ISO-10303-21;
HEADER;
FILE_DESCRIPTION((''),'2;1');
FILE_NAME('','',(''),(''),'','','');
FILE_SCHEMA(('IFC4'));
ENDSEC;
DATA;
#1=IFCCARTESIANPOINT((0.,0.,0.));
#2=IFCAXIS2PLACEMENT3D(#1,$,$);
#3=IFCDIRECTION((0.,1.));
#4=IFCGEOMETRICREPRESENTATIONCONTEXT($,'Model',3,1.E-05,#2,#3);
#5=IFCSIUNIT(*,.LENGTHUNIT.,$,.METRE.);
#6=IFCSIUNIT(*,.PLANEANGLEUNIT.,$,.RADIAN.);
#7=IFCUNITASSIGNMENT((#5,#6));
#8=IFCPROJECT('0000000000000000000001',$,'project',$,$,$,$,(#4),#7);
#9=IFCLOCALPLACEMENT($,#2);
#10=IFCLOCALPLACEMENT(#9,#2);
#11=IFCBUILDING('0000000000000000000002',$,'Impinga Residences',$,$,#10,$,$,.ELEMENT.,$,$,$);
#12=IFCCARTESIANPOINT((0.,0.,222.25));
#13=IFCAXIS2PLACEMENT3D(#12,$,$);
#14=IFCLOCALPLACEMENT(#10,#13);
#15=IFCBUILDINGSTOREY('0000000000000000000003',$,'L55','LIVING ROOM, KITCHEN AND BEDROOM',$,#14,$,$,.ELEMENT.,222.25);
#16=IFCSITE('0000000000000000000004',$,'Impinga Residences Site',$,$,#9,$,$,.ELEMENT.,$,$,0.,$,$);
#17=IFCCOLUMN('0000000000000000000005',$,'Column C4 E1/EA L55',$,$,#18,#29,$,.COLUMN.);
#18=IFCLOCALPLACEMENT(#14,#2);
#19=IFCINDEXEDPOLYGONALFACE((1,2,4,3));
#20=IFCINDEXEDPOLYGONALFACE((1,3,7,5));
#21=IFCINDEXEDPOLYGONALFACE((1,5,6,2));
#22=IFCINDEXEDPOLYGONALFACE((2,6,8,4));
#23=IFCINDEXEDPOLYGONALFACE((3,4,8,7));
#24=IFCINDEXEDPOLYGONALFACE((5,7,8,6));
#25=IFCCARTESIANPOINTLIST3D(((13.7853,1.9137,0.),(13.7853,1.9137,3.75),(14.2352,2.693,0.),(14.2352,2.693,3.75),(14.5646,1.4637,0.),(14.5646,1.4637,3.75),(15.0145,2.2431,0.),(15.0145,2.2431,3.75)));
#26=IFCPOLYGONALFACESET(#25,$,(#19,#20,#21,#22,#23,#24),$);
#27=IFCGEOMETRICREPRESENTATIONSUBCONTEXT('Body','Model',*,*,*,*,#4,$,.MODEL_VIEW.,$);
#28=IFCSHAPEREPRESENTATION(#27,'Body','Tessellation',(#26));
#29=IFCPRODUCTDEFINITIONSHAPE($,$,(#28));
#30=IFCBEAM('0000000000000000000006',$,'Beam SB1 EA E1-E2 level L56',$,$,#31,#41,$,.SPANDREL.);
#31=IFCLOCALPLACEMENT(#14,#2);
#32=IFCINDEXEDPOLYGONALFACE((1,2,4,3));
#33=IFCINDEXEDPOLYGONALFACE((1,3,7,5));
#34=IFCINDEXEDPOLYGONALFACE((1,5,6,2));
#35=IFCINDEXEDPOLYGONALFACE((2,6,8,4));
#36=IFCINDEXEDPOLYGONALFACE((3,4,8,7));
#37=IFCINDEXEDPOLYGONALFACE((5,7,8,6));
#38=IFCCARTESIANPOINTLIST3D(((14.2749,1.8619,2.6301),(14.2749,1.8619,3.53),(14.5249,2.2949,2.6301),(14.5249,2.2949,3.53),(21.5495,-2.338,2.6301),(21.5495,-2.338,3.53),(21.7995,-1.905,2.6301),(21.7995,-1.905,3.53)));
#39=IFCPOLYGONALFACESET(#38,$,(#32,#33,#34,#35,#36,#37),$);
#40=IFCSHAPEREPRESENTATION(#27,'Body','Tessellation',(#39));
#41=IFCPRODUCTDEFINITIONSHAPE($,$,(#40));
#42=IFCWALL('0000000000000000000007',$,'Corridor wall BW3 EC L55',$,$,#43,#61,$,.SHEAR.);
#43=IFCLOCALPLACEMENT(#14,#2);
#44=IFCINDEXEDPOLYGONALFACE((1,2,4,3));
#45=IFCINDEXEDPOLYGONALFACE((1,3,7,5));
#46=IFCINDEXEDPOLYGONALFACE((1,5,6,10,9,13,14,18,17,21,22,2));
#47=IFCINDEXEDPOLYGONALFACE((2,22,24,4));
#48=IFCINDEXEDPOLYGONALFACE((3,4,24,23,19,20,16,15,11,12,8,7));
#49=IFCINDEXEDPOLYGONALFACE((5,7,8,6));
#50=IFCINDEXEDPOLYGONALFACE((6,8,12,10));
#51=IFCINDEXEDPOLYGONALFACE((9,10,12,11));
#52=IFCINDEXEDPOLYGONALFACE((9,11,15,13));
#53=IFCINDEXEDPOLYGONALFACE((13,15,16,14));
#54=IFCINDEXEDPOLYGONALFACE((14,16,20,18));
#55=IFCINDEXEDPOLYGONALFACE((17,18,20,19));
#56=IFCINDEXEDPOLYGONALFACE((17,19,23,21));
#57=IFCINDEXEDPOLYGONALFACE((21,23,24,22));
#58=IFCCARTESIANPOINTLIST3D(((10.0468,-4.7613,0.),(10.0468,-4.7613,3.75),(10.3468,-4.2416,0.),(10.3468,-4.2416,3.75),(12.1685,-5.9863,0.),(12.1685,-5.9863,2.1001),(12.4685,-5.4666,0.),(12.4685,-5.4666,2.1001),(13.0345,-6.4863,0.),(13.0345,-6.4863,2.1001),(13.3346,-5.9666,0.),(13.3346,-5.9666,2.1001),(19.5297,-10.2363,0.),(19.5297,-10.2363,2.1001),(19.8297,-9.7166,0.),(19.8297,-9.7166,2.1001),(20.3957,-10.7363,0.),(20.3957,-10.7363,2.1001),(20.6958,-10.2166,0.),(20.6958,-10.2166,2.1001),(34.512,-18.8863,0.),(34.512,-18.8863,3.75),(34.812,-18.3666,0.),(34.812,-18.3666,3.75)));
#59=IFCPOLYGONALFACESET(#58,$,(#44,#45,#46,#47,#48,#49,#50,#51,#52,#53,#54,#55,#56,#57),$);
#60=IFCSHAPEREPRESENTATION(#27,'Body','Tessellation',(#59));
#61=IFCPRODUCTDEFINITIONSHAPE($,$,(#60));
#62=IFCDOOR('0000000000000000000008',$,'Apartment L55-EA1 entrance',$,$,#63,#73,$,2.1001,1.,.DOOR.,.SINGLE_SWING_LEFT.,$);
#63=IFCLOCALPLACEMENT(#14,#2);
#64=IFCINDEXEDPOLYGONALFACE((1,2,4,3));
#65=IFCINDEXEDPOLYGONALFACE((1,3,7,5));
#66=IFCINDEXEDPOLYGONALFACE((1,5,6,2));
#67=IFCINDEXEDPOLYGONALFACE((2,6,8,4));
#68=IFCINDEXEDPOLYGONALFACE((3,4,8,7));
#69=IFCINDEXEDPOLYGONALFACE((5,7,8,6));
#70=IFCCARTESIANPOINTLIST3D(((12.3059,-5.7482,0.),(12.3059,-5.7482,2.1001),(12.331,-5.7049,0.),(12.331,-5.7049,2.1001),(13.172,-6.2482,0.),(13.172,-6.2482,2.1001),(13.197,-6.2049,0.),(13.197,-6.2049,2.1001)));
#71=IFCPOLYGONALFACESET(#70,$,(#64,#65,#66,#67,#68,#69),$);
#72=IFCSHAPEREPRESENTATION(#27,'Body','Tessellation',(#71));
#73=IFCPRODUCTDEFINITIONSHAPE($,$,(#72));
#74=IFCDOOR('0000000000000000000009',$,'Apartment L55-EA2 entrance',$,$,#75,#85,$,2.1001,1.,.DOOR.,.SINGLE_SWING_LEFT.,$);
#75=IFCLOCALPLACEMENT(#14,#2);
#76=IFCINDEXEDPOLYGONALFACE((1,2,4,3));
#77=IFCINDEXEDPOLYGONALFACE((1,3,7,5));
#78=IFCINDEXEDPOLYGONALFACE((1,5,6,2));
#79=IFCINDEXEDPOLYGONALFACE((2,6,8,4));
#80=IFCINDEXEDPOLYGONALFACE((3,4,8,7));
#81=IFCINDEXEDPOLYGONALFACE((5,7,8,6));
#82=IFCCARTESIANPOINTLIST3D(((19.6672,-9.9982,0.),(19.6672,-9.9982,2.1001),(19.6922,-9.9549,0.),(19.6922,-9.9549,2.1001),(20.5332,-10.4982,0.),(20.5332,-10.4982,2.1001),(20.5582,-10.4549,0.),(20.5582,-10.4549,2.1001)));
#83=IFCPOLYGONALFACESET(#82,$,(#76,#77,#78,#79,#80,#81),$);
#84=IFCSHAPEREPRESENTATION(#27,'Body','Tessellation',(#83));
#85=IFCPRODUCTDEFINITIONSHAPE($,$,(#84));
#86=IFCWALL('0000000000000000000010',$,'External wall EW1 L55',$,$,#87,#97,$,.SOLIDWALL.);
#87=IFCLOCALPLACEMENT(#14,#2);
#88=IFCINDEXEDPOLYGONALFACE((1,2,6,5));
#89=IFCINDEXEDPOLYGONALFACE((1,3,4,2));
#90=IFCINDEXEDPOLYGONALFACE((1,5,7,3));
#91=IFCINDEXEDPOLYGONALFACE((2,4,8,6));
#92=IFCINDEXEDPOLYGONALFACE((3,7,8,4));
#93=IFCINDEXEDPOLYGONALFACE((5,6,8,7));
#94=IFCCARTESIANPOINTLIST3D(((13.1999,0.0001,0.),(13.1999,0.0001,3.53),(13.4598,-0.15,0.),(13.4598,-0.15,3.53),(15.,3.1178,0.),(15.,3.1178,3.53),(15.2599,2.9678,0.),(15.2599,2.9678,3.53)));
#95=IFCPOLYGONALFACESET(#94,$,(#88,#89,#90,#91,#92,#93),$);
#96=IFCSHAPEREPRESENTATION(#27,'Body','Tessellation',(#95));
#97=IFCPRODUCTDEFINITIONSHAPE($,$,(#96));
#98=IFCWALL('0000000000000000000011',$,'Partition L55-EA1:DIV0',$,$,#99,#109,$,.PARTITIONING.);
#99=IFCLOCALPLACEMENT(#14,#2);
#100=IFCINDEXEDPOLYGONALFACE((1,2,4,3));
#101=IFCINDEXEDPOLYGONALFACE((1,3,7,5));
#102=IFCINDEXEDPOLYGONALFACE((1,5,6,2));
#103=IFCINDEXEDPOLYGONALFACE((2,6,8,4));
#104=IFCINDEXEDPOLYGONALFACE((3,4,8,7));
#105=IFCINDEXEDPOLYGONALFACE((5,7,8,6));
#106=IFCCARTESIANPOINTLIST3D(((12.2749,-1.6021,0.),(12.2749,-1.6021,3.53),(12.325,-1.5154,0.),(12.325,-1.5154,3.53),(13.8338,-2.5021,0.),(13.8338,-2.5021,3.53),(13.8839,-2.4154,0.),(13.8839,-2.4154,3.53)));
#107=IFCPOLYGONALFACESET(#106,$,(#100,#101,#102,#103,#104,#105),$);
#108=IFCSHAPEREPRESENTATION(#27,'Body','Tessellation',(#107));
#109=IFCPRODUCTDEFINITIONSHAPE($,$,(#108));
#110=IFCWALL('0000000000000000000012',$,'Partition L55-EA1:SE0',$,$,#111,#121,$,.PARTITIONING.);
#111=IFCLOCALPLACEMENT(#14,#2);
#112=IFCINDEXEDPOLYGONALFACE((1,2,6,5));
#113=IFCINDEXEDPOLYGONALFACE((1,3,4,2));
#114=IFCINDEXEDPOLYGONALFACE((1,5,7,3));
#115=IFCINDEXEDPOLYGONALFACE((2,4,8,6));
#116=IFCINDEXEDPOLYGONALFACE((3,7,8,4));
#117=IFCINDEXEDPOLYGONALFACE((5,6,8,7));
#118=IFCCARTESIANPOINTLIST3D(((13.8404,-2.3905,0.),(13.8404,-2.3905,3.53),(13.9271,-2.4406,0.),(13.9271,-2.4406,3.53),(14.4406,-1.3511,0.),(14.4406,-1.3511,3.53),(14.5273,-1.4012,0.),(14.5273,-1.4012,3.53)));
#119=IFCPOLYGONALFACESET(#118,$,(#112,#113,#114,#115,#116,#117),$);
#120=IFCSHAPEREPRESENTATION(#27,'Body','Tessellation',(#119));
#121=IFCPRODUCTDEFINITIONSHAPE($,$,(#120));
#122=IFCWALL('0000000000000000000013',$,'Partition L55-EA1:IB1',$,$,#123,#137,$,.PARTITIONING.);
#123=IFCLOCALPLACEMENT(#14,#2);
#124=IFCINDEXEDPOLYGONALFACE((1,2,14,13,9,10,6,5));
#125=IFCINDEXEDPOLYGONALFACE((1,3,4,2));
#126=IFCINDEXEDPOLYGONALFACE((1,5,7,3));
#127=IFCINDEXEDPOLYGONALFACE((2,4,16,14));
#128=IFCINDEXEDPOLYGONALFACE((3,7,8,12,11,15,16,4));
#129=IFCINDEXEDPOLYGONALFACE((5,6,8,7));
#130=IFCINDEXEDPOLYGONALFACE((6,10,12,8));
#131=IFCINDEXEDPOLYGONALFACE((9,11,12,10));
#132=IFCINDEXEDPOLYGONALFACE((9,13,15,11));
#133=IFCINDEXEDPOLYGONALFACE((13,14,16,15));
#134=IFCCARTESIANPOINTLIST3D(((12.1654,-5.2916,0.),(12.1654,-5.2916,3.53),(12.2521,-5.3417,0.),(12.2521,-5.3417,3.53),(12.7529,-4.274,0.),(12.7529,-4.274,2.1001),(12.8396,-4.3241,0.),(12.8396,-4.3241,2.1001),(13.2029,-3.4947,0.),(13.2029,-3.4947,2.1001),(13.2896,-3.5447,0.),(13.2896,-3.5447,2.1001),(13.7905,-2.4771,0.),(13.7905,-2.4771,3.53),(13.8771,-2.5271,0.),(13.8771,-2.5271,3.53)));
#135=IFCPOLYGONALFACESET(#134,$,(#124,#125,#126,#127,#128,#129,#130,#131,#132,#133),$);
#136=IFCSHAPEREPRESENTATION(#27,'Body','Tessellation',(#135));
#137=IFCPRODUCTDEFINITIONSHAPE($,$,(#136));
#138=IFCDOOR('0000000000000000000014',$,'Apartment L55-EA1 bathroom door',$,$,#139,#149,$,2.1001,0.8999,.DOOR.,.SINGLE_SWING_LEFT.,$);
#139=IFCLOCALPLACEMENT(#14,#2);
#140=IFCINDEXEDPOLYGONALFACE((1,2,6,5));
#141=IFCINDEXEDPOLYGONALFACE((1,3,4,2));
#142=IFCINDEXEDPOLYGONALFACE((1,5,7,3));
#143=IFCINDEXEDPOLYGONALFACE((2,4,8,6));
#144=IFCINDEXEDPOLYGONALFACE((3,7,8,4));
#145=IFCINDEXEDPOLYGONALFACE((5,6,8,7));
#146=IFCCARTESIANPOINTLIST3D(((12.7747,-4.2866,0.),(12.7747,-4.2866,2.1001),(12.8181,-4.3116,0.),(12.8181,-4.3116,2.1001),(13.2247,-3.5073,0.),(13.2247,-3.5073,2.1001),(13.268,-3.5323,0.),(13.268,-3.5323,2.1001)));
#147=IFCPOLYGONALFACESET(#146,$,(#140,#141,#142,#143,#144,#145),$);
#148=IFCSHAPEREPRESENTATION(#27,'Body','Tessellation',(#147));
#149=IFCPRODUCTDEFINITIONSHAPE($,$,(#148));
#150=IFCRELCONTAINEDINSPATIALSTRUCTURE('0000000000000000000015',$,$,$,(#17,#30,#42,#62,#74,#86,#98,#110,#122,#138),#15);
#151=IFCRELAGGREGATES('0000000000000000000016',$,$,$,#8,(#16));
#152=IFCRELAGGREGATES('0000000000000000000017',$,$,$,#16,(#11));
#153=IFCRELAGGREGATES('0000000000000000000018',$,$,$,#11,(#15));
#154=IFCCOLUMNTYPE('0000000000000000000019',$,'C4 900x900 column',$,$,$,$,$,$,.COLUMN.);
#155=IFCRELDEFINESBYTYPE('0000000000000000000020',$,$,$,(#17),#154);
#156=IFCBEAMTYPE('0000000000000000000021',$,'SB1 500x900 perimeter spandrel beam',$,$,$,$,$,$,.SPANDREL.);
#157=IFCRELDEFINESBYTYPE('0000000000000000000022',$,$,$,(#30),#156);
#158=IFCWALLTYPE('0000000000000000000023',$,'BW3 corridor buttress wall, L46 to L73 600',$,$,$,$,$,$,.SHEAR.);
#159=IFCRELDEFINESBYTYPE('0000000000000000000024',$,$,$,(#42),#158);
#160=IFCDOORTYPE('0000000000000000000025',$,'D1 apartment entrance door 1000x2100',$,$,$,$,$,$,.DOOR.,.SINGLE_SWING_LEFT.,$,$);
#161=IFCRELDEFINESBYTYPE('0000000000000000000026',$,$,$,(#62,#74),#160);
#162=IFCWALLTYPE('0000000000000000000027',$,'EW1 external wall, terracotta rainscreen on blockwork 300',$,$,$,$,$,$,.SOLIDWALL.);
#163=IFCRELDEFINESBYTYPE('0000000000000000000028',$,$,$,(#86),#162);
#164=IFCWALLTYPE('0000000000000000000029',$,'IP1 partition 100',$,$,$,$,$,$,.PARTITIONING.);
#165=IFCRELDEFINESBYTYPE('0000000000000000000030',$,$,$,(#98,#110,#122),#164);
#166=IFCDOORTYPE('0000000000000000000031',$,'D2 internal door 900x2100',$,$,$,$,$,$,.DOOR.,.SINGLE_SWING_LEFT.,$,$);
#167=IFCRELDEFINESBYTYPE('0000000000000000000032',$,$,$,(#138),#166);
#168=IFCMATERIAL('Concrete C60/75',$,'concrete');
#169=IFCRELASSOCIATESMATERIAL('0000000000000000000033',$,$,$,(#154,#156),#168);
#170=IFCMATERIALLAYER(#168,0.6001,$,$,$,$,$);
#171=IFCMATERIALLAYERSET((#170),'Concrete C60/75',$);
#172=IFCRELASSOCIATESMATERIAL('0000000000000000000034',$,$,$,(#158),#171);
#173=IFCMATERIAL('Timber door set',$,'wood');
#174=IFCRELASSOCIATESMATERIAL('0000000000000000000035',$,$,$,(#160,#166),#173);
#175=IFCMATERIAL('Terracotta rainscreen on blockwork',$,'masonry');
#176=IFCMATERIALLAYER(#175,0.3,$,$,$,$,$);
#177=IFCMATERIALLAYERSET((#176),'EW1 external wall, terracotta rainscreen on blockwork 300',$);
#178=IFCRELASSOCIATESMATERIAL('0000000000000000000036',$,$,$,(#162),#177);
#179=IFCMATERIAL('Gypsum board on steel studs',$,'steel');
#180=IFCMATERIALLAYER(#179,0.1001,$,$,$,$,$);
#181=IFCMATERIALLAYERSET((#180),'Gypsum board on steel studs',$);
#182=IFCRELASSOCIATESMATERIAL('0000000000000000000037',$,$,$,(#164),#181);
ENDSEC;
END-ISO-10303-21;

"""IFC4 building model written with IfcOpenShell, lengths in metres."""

from ifc_helpers import new_model, si_unit, direction, frame, frame_2d, origin, origin_2d, place, context, subcontext, project, spatial, rectangle, extrude, material, layer, layer_set, material_profile, profile_set, type_object, element, fill, save


model = new_model("IFC4")

# Units and contexts
model_context = context("Model", 3, precision=1e-05, world=origin(), true_north=direction((0.0, 1.0)))
body_context = subcontext(model_context, "Body", "Model", "MODEL_VIEW")
ifc_project = project(units=[si_unit("LENGTHUNIT", "METRE"), si_unit("PLANEANGLEUNIT", "RADIAN")], contexts=[model_context])

# Site, building, storey
site_placement = place(None, origin())
site = spatial("IfcSite", under=ifc_project, at=site_placement, Name="Impinga Residences Site", CompositionType="ELEMENT", RefElevation=0.0)
building_placement = place(site_placement, origin())
building = spatial("IfcBuilding", under=site, at=building_placement, Name="Impinga Residences", CompositionType="ELEMENT")
storey_placement = place(building_placement, frame((0.0, 0.0, 222.25)))
storey = spatial("IfcBuildingStorey", under=building, at=storey_placement, Name="L55", Description="LIVING ROOM, KITCHEN AND BEDROOM", CompositionType="ELEMENT", Elevation=222.25)

# Column
ifc_material_1 = material(Name="Concrete C60/75", Category="concrete")
ifc_material_profile_1 = material_profile(ifc_material_1, rectangle(XDim=0.8999, YDim=0.8999, at=origin_2d()), Name="RC 900x900")
ifc_profile_set_1 = profile_set([ifc_material_profile_1], Name="Concrete C60/75")
column_type = type_object("IfcColumnType", Name="C4 900x900 column", PredefinedType="COLUMN", material=ifc_profile_set_1)
column_placement = place(storey_placement, frame((14.3999, 2.0784, 0.0), z_axis=(0.0, 0.0, 1.0), x_axis=(-0.5, -0.866025, 0.0)))
element("IfcColumn", 1, at=column_placement, inside=storey, type_object=column_type, Name="Column C4 E1/EA L55", PredefinedType="COLUMN", context=body_context, shape_type="SweptSolid", body=[
    extrude(rectangle(XDim=0.8999, YDim=0.8999, at=origin_2d()), origin(), (0.0, 0.0, 1.0), 3.75),
])

# Beam
ifc_material_profile_2 = material_profile(ifc_material_1, rectangle(XDim=0.5, YDim=0.8999, at=origin_2d()), Name="RC 500x900")
ifc_profile_set_2 = profile_set([ifc_material_profile_2], Name="Concrete C60/75")
beam_type = type_object("IfcBeamType", Name="SB1 500x900 perimeter spandrel beam", PredefinedType="SPANDREL", material=ifc_profile_set_2)
beam_placement = place(storey_placement, frame((14.3999, 2.0784, 3.0801), z_axis=(0.866029, -0.499993, 0.0), x_axis=(0.499993, 0.866029, 0.0)))
element("IfcBeam", 2, at=beam_placement, inside=storey, type_object=beam_type, Name="Beam SB1 EA E1-E2 level L56", PredefinedType="SPANDREL", context=body_context, shape_type="SweptSolid", body=[
    extrude(rectangle(XDim=0.5, YDim=0.8999, at=origin_2d()), origin(), (0.0, 0.0, 1.0), 8.3999),
])

# Wall, openings, doors
ifc_layer_1 = layer(ifc_material_1, 0.6001)
ifc_layer_set_1 = layer_set([ifc_layer_1], Name="Concrete C60/75")
wall_type_1 = type_object("IfcWallType", Name="BW3 corridor buttress wall, L46 to L73 600", PredefinedType="SHEAR", material=ifc_layer_set_1)
wall_1_placement = place(storey_placement, frame((10.1968, -4.5015, 0.0), z_axis=(0.0, 0.0, 1.0), x_axis=(0.866026, -0.499998, 0.0)))
wall_1 = element("IfcWall", 3, at=wall_1_placement, inside=storey, type_object=wall_type_1, Name="Corridor wall BW3 EC L55", PredefinedType="SHEAR", context=body_context, shape_type="SweptSolid", body=[
    extrude(rectangle(XDim=28.25, YDim=0.6001, at=frame_2d((14.125, 0.0))), origin(), (0.0, 0.0, 1.0), 3.75),
])
opening_1_placement = place(wall_1_placement, frame((2.45, 0.0, 0.0)))
opening_1 = element("IfcOpeningElement", 4, at=opening_1_placement, cuts=wall_1, PredefinedType="OPENING", context=body_context, shape_type="SweptSolid", body=[
    extrude(rectangle(XDim=1.0, YDim=2.1001, at=frame_2d((0.5, 1.05))), frame((0.0, 0.3101, 0.0), z_axis=(0.0, -1.0, 0.0), x_axis=(1.0, 0.0, 0.0)), (0.0, 0.0, 1.0), 0.6201),
])
opening_2_placement = place(wall_1_placement, frame((10.95, 0.0, 0.0)))
opening_2 = element("IfcOpeningElement", 5, at=opening_2_placement, cuts=wall_1, PredefinedType="OPENING", context=body_context, shape_type="SweptSolid", body=[
    extrude(rectangle(XDim=1.0, YDim=2.1001, at=frame_2d((0.5, 1.05))), frame((0.0, 0.3101, 0.0), z_axis=(0.0, -1.0, 0.0), x_axis=(1.0, 0.0, 0.0)), (0.0, 0.0, 1.0), 0.6201),
])
ifc_material_2 = material(Name="Timber door set", Category="wood")
door_type_1 = type_object("IfcDoorType", Name="D1 apartment entrance door 1000x2100", OperationType="SINGLE_SWING_LEFT", PredefinedType="DOOR", material=ifc_material_2)
door_1_placement = place(opening_1_placement, origin())
door_1 = element("IfcDoor", 6, at=door_1_placement, inside=storey, type_object=door_type_1, Name="Apartment L55-EA1 entrance", OperationType="SINGLE_SWING_LEFT", OverallHeight=2.1001, OverallWidth=1.0, PredefinedType="DOOR", context=body_context, shape_type="SweptSolid", body=[
    extrude(rectangle(XDim=1.0, YDim=2.1001, at=frame_2d((0.5, 1.05))), frame((0.0, 0.0249, 0.0), z_axis=(0.0, -1.0, 0.0), x_axis=(1.0, 0.0, 0.0)), (0.0, 0.0, 1.0), 0.05),
])
fill(opening_1, door_1)
door_2_placement = place(opening_2_placement, origin())
door_2 = element("IfcDoor", 7, at=door_2_placement, inside=storey, type_object=door_type_1, Name="Apartment L55-EA2 entrance", OperationType="SINGLE_SWING_LEFT", OverallHeight=2.1001, OverallWidth=1.0, PredefinedType="DOOR", context=body_context, shape_type="SweptSolid", body=[
    extrude(rectangle(XDim=1.0, YDim=2.1001, at=frame_2d((0.5, 1.05))), frame((0.0, 0.0249, 0.0), z_axis=(0.0, -1.0, 0.0), x_axis=(1.0, 0.0, 0.0)), (0.0, 0.0, 1.0), 0.05),
])
fill(opening_2, door_2)

# Walls
ifc_material_3 = material(Name="Terracotta rainscreen on blockwork", Category="masonry")
ifc_layer_2 = layer(ifc_material_3, 0.3)
ifc_layer_set_2 = layer_set([ifc_layer_2], Name="EW1 external wall, terracotta rainscreen on blockwork 300")
wall_type_2 = type_object("IfcWallType", Name="EW1 external wall, terracotta rainscreen on blockwork 300", PredefinedType="SOLIDWALL", material=ifc_layer_set_2)
wall_2_placement = place(storey_placement, frame((13.3298, -0.075, 0.0), z_axis=(0.0, 0.0, 1.0), x_axis=(0.500012, 0.866018, 0.0)))
element("IfcWall", 8, at=wall_2_placement, inside=storey, type_object=wall_type_2, Name="External wall EW1 L55", PredefinedType="SOLIDWALL", context=body_context, shape_type="SweptSolid", body=[
    extrude(rectangle(XDim=3.6001, YDim=0.3, at=frame_2d((1.8, 0.0))), origin(), (0.0, 0.0, 1.0), 3.53),
])
ifc_material_4 = material(Name="Gypsum board on steel studs", Category="steel")
ifc_layer_3 = layer(ifc_material_4, 0.1001)
ifc_layer_set_3 = layer_set([ifc_layer_3], Name="Gypsum board on steel studs")
wall_type_3 = type_object("IfcWallType", Name="IP1 partition 100", PredefinedType="PARTITIONING", material=ifc_layer_set_3)
wall_3_placement = place(storey_placement, frame((12.3, -1.5588, 0.0), z_axis=(0.0, 0.0, 1.0), x_axis=(0.866048, -0.499961, 0.0)))
element("IfcWall", 9, at=wall_3_placement, inside=storey, type_object=wall_type_3, Name="Partition L55-EA1:DIV0", PredefinedType="PARTITIONING", context=body_context, shape_type="SweptSolid", body=[
    extrude(rectangle(XDim=1.8, YDim=0.1001, at=frame_2d((0.8999, 0.0))), origin(), (0.0, 0.0, 1.0), 3.53),
])
wall_4_placement = place(storey_placement, frame((13.8838, -2.4155, 0.0), z_axis=(0.0, 0.0, 1.0), x_axis=(0.500034, 0.866006, 0.0)))
element("IfcWall", 10, at=wall_4_placement, inside=storey, type_object=wall_type_3, Name="Partition L55-EA1:SE0", PredefinedType="PARTITIONING", context=body_context, shape_type="SweptSolid", body=[
    extrude(rectangle(XDim=1.2002, YDim=0.1001, at=frame_2d((0.6001, 0.0))), origin(), (0.0, 0.0, 1.0), 3.53),
])

# Wall, opening, door
wall_5_placement = place(storey_placement, frame((12.2087, -5.3167, 0.0), z_axis=(0.0, 0.0, 1.0), x_axis=(0.500017, 0.866015, 0.0)))
wall_5 = element("IfcWall", 11, at=wall_5_placement, inside=storey, type_object=wall_type_3, Name="Partition L55-EA1:IB1", PredefinedType="PARTITIONING", context=body_context, shape_type="SweptSolid", body=[
    extrude(rectangle(XDim=3.25, YDim=0.1001, at=frame_2d((1.625, 0.0))), origin(), (0.0, 0.0, 1.0), 3.53),
])
opening_3_placement = place(wall_5_placement, frame((1.175, 0.0, 0.0)))
opening_3 = element("IfcOpeningElement", 12, at=opening_3_placement, cuts=wall_5, PredefinedType="OPENING", context=body_context, shape_type="SweptSolid", body=[
    extrude(rectangle(XDim=0.8999, YDim=2.1001, at=frame_2d((0.45, 1.05))), frame((0.0, 0.0601, 0.0), z_axis=(0.0, -1.0, 0.0), x_axis=(1.0, 0.0, 0.0)), (0.0, 0.0, 1.0), 0.1201),
])
door_type_2 = type_object("IfcDoorType", Name="D2 internal door 900x2100", OperationType="SINGLE_SWING_LEFT", PredefinedType="DOOR", material=ifc_material_2)
door_3_placement = place(opening_3_placement, origin())
door_3 = element("IfcDoor", 13, at=door_3_placement, inside=storey, type_object=door_type_2, Name="Apartment L55-EA1 bathroom door", OperationType="SINGLE_SWING_LEFT", OverallHeight=2.1001, OverallWidth=0.8999, PredefinedType="DOOR", context=body_context, shape_type="SweptSolid", body=[
    extrude(rectangle(XDim=0.8999, YDim=2.1001, at=frame_2d((0.45, 1.05))), frame((0.0, 0.0249, 0.0), z_axis=(0.0, -1.0, 0.0), x_axis=(1.0, 0.0, 0.0)), (0.0, 0.0, 1.0), 0.05),
])
fill(opening_3, door_3)

save(model, "model.ifc")
